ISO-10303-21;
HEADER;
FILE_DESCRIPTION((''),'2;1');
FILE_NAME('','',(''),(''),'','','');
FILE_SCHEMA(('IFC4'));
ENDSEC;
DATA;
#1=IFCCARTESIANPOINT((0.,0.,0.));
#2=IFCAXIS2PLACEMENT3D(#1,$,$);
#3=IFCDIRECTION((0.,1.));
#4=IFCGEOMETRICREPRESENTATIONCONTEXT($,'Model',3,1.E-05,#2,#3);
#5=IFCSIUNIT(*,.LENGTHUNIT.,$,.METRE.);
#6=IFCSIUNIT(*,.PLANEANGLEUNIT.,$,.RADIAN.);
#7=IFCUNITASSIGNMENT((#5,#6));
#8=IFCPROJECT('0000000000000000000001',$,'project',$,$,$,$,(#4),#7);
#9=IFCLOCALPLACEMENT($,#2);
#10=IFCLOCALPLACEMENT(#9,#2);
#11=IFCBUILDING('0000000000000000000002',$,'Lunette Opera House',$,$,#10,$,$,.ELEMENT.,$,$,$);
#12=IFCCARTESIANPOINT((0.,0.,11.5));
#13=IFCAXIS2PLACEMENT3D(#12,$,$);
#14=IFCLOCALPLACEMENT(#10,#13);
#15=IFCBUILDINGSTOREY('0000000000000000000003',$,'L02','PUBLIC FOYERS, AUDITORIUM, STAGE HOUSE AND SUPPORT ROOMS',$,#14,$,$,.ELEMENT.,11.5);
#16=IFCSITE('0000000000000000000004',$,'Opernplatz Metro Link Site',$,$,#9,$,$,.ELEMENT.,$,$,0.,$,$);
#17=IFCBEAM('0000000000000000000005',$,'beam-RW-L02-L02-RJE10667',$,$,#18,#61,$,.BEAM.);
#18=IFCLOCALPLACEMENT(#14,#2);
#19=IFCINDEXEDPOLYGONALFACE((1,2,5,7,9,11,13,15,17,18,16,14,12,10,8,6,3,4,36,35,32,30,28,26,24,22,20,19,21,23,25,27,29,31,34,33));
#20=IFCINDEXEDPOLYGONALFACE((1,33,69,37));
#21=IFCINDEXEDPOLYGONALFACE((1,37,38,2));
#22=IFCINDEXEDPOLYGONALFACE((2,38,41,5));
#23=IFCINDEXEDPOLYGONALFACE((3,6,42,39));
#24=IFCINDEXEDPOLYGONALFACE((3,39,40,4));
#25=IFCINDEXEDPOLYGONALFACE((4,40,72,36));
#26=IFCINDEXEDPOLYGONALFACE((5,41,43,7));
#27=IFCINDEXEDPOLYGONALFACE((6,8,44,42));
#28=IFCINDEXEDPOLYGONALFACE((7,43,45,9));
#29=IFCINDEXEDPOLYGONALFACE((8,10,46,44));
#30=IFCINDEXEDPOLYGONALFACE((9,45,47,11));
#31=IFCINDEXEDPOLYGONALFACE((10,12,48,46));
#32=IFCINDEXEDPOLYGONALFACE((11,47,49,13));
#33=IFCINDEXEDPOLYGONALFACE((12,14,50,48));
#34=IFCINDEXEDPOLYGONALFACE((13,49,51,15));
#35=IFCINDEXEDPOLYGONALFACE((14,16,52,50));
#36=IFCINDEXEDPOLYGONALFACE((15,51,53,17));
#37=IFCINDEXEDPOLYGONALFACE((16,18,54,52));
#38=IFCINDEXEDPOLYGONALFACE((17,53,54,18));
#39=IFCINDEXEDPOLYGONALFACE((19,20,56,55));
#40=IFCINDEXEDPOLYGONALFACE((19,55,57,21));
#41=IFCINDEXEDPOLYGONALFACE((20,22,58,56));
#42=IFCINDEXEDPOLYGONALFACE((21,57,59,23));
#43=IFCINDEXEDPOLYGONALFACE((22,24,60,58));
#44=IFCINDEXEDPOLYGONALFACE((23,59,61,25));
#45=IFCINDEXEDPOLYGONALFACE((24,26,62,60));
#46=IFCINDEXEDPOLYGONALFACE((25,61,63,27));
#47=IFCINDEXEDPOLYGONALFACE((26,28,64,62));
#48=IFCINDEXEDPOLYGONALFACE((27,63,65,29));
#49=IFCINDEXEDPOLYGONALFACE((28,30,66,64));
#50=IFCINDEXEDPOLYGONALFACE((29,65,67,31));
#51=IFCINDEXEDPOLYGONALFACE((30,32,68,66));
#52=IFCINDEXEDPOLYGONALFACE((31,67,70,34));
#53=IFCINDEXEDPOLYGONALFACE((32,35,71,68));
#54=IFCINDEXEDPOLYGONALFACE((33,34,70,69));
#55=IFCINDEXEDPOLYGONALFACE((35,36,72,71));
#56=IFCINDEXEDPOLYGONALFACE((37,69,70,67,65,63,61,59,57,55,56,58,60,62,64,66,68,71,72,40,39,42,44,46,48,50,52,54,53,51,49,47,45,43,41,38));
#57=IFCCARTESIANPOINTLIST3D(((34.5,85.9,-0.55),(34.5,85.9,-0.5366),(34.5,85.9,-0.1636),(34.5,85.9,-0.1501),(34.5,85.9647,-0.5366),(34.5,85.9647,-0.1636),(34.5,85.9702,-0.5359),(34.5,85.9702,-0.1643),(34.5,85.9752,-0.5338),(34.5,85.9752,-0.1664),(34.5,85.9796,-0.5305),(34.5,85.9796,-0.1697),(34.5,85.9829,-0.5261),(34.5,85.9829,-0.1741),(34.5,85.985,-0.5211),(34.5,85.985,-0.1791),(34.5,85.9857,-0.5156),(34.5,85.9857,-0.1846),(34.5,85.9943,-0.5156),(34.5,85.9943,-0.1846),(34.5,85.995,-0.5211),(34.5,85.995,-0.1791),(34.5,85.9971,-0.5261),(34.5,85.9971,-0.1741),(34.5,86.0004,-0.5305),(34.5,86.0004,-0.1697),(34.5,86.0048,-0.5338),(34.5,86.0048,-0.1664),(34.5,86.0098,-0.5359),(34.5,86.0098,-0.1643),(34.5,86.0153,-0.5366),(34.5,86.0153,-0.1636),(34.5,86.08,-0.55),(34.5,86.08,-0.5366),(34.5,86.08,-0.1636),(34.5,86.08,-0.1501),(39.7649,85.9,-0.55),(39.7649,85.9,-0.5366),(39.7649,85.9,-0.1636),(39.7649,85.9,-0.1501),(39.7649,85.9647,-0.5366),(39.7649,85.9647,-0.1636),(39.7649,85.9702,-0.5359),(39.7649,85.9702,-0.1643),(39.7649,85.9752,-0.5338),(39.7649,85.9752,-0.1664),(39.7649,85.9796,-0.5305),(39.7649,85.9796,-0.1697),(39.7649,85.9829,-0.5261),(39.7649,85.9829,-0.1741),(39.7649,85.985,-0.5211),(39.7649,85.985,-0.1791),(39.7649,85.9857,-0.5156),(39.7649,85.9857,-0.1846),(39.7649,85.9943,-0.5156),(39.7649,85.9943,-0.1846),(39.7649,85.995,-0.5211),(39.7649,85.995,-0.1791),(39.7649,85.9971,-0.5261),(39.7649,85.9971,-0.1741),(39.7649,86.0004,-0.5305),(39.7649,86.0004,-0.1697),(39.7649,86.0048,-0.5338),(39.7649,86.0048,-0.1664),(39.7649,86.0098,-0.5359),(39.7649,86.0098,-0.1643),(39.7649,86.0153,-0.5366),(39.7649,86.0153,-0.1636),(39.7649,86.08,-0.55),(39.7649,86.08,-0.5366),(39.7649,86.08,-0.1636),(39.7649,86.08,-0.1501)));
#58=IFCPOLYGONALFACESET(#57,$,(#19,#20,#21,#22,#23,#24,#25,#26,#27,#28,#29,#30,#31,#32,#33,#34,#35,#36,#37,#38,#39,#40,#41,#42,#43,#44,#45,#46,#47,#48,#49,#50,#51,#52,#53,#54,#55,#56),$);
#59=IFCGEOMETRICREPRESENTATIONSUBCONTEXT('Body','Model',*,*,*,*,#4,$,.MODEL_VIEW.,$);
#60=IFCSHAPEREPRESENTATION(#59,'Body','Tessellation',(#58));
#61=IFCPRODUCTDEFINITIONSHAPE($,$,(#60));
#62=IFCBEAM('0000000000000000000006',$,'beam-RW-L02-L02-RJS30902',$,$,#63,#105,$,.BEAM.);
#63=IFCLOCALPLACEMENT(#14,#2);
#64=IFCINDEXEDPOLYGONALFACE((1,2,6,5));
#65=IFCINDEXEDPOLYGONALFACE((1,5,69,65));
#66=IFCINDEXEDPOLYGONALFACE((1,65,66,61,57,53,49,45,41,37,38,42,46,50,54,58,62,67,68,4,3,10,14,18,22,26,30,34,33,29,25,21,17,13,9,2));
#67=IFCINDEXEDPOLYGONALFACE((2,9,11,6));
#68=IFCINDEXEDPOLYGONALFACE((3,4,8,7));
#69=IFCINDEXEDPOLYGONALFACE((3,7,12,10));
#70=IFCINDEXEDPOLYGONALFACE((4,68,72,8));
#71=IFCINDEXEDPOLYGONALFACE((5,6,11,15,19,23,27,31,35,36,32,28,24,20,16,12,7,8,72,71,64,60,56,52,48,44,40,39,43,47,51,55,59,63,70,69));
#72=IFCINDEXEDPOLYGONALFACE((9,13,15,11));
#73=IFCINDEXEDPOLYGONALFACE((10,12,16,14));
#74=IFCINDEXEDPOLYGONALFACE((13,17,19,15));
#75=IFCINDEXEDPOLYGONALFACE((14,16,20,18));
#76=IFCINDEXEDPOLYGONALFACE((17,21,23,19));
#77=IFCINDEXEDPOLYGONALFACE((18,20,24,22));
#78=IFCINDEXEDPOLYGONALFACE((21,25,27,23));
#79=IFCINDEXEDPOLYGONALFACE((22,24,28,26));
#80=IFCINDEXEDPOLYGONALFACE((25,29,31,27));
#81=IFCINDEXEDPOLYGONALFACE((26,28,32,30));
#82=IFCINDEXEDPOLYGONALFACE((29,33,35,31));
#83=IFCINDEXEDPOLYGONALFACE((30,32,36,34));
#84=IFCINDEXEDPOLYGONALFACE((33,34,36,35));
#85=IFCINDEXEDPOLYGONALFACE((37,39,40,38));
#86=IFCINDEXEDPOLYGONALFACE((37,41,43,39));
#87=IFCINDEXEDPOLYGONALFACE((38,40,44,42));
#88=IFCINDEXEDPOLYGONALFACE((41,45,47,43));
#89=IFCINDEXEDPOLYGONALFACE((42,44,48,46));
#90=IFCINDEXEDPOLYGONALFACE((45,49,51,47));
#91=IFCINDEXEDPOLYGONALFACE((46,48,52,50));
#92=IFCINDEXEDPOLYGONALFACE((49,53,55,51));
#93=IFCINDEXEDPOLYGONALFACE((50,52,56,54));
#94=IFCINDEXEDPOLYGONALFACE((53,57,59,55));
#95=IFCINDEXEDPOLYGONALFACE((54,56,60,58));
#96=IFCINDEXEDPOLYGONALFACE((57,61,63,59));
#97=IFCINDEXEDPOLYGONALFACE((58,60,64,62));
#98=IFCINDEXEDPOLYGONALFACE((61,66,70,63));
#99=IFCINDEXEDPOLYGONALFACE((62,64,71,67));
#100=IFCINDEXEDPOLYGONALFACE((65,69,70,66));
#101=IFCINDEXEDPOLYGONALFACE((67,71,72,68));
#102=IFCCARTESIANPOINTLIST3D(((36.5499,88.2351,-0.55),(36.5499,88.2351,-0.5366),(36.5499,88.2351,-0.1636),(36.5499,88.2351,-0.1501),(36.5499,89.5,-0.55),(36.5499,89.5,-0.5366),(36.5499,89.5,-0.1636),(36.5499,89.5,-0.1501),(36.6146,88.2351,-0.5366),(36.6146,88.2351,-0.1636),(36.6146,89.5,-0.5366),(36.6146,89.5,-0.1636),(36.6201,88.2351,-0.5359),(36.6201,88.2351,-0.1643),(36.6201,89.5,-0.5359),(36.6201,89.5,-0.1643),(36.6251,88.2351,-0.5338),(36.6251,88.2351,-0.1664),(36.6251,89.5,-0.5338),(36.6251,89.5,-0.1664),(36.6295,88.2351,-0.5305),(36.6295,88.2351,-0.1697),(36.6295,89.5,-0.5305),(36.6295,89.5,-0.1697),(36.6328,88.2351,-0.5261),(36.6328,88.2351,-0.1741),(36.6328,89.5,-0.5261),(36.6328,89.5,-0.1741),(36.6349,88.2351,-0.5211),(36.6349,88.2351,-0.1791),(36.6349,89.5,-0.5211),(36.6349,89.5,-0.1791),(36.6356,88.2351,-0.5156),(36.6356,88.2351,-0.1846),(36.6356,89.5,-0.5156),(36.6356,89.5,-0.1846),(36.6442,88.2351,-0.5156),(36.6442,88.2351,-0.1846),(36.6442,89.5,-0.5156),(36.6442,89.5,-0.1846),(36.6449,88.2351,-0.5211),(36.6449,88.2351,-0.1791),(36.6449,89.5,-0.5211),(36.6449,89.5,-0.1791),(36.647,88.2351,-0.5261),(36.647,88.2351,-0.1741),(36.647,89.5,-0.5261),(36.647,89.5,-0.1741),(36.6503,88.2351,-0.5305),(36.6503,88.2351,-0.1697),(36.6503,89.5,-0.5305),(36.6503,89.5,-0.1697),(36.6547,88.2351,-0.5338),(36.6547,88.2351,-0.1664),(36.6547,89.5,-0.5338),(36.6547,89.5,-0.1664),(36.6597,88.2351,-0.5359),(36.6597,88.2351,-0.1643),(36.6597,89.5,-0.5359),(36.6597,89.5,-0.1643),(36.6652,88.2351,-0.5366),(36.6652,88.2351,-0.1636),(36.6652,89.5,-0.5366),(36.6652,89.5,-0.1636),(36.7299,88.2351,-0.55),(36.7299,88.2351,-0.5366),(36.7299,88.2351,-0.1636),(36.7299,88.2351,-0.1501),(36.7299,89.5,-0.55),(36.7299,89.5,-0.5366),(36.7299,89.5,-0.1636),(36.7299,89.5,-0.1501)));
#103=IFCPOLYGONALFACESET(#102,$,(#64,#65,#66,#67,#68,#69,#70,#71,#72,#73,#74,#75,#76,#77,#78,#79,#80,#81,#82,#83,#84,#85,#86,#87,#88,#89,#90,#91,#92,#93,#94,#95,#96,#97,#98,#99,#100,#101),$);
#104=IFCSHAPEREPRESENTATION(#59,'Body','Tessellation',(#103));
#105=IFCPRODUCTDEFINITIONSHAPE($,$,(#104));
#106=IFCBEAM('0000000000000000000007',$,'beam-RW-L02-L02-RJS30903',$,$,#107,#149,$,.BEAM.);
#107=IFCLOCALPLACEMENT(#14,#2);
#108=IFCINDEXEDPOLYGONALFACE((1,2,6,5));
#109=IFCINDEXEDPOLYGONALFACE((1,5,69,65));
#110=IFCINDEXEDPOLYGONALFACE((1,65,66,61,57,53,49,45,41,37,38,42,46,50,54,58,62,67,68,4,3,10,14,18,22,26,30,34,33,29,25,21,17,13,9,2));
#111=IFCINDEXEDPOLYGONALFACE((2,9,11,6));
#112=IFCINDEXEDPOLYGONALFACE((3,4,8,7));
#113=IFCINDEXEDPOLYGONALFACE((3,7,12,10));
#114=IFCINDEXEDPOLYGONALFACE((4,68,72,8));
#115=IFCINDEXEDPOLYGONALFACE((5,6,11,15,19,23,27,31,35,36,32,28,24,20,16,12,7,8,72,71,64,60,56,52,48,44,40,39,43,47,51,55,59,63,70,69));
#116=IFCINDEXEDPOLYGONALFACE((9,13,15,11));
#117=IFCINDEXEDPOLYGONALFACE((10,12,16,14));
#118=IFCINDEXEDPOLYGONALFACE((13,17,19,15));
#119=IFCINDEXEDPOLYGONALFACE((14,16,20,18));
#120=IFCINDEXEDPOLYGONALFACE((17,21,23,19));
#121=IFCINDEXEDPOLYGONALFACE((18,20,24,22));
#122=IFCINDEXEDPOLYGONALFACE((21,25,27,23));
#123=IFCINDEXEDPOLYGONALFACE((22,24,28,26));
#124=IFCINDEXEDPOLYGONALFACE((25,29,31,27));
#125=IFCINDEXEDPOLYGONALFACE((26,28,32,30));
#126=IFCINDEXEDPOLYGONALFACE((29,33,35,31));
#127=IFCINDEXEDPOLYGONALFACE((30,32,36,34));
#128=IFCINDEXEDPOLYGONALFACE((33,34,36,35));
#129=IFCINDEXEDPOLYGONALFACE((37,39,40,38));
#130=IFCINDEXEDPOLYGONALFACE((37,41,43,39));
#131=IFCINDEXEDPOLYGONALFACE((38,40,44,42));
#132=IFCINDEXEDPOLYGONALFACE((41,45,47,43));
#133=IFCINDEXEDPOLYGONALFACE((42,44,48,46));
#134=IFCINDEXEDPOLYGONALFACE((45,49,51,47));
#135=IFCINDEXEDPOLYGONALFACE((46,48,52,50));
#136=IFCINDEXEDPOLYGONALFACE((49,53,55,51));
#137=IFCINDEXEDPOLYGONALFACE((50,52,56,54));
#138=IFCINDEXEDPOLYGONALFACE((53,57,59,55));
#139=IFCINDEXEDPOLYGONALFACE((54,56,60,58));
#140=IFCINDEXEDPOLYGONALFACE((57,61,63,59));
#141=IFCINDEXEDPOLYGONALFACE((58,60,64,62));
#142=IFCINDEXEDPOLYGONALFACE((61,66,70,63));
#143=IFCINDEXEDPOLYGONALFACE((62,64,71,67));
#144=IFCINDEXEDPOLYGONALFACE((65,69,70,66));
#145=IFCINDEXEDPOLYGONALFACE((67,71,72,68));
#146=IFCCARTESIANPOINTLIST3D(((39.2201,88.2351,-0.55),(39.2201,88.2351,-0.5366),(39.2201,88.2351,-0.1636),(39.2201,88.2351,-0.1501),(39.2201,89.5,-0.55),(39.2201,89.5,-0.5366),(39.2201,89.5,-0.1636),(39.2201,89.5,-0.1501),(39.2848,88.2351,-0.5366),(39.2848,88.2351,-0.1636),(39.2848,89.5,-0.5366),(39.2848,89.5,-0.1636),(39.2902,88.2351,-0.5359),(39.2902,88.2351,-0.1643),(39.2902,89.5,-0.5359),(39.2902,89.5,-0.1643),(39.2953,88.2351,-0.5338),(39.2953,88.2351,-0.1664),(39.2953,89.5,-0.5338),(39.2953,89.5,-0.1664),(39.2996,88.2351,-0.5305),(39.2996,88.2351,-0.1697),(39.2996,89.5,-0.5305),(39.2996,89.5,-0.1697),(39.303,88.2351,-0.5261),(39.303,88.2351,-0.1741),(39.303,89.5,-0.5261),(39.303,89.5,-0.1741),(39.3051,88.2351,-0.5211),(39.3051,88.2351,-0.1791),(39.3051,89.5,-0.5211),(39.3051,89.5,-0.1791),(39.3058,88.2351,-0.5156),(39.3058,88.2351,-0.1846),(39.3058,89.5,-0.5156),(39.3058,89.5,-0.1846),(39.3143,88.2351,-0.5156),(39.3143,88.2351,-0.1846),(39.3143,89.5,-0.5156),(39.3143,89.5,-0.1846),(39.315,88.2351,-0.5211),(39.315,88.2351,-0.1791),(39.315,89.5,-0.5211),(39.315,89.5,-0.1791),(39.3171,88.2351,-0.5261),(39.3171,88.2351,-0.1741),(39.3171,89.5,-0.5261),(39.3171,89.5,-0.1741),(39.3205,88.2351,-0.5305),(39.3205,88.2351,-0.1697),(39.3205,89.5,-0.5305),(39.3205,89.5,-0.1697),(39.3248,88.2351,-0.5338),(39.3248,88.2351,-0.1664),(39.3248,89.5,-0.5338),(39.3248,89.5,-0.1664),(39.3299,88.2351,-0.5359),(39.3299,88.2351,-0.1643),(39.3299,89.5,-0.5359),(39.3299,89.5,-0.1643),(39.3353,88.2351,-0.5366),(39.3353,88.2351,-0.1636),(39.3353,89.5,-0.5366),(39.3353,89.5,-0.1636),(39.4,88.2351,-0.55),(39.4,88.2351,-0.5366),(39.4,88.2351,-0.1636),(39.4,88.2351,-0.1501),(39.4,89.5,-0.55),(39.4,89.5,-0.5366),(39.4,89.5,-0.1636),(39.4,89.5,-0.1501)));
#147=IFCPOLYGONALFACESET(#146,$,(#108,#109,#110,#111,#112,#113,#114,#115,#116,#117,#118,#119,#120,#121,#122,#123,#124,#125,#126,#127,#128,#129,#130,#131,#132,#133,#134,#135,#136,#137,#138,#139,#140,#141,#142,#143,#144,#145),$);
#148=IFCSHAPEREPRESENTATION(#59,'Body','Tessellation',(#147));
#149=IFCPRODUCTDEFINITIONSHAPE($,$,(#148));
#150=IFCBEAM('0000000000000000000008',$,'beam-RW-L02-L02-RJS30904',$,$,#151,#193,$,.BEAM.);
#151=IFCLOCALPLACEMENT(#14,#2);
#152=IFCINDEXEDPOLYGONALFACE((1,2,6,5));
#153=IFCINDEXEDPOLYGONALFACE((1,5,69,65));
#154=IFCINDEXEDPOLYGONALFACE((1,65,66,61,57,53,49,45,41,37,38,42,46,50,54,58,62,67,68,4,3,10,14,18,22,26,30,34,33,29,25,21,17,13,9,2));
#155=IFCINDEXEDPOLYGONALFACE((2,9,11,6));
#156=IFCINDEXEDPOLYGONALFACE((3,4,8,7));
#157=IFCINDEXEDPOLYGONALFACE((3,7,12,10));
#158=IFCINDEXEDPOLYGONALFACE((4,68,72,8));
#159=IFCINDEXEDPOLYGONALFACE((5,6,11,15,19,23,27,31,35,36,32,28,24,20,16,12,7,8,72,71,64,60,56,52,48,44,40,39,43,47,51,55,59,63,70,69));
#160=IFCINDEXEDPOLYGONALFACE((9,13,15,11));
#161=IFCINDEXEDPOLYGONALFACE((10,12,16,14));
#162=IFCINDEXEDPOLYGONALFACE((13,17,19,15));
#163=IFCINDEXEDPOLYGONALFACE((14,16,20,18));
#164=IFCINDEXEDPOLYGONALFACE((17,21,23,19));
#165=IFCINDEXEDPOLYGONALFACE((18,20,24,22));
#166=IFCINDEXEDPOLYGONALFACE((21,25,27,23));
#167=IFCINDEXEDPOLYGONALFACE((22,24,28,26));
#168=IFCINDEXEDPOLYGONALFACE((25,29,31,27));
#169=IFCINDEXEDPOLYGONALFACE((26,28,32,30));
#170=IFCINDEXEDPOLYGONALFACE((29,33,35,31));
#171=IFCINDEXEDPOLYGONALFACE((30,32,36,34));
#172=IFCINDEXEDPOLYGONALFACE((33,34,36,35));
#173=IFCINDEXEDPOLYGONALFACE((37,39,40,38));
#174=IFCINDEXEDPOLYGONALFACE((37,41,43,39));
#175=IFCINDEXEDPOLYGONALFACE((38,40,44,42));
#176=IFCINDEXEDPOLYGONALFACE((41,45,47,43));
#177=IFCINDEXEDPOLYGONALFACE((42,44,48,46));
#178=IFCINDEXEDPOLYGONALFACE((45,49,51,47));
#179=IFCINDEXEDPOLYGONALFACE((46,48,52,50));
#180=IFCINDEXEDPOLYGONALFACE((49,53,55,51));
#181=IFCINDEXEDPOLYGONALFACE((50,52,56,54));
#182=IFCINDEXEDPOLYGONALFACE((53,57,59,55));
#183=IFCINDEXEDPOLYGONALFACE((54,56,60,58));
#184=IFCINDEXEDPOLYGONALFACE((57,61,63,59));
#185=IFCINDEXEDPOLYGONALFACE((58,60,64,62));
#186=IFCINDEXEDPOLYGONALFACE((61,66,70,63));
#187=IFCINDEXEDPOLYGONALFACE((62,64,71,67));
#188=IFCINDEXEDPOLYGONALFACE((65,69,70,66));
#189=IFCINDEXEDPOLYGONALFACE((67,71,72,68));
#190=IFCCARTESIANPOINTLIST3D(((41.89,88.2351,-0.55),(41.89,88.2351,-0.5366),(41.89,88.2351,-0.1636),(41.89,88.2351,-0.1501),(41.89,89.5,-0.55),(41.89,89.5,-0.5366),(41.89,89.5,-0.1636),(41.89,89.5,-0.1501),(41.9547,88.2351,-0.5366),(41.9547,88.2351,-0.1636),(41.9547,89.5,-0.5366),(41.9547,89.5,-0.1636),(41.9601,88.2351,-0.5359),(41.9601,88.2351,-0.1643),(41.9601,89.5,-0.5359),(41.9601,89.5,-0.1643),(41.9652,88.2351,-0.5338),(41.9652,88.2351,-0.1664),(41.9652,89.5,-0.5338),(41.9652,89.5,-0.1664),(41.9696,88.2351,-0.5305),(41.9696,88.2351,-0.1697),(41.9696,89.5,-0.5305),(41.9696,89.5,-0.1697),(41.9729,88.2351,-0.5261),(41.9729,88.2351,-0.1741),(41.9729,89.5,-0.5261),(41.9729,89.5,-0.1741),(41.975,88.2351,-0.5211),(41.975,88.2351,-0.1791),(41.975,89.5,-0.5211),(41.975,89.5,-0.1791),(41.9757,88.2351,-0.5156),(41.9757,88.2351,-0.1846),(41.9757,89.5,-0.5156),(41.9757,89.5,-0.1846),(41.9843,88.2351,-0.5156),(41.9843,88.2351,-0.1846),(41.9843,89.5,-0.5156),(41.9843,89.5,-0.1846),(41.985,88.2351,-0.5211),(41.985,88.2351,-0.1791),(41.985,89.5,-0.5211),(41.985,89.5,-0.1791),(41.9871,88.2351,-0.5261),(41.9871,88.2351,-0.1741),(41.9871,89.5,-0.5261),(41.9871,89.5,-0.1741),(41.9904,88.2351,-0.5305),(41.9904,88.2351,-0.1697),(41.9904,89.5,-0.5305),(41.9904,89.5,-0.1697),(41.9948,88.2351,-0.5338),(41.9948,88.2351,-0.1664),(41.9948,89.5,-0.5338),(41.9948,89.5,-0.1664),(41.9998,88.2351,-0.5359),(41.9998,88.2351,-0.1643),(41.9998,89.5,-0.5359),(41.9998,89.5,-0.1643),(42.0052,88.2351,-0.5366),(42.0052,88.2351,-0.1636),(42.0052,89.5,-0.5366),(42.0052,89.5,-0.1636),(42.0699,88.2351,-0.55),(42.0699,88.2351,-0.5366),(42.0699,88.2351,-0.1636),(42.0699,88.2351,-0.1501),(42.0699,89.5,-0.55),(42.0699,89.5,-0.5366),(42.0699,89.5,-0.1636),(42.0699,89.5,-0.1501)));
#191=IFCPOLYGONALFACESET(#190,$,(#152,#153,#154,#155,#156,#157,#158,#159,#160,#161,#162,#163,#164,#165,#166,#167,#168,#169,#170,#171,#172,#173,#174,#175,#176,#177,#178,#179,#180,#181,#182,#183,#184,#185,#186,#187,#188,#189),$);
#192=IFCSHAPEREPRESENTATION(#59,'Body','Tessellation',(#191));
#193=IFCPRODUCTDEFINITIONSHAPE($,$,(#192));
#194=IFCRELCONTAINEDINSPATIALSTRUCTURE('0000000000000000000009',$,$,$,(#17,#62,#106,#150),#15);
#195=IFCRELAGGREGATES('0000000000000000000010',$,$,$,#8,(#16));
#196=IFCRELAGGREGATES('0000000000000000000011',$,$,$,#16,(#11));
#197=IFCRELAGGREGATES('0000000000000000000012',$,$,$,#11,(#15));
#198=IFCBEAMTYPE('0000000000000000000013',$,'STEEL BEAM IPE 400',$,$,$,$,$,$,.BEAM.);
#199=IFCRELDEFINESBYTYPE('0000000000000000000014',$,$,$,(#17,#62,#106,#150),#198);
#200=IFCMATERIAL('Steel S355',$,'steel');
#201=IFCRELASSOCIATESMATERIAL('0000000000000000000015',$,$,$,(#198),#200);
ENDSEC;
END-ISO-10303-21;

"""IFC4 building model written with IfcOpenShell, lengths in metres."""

from ifc_helpers import new_model, si_unit, direction, frame, origin, origin_2d, place, context, subcontext, project, spatial, i_section, extrude, material, material_profile, profile_set, type_object, element, save


model = new_model("IFC4")

# Units and contexts
model_context = context("Model", 3, precision=1e-05, world=origin(), true_north=direction((0.0, 1.0)))
body_context = subcontext(model_context, "Body", "Model", "MODEL_VIEW")
ifc_project = project(units=[si_unit("LENGTHUNIT", "METRE"), si_unit("PLANEANGLEUNIT", "RADIAN")], contexts=[model_context])

# Site, building, storey
site_placement = place(None, origin())
site = spatial("IfcSite", under=ifc_project, at=site_placement, Name="Opernplatz Metro Link Site", CompositionType="ELEMENT", RefElevation=0.0)
building_placement = place(site_placement, origin())
building = spatial("IfcBuilding", under=site, at=building_placement, Name="Lunette Opera House", CompositionType="ELEMENT")
storey_placement = place(building_placement, frame((0.0, 0.0, 11.5)))
storey = spatial("IfcBuildingStorey", under=building, at=storey_placement, Name="L02", Description="PUBLIC FOYERS, AUDITORIUM, STAGE HOUSE AND SUPPORT ROOMS", CompositionType="ELEMENT", Elevation=11.5)

# Beams
ifc_material_1 = material(Name="Steel S355", Category="steel")
ifc_material_profile_1 = material_profile(ifc_material_1, i_section(OverallWidth=0.1799, OverallDepth=0.3999, WebThickness=0.0085, FlangeThickness=0.0134, FilletRadius=0.021, at=origin_2d()), Name="IPE 400")
ifc_profile_set_1 = profile_set([ifc_material_profile_1], Name="Steel S355")
beam_type_1 = type_object("IfcBeamType", Name="STEEL BEAM IPE 400", PredefinedType="BEAM", material=ifc_profile_set_1)
beam_1_placement = place(storey_placement, frame((34.5, 85.99, -0.3501), z_axis=(1.0, 0.0, 0.0), x_axis=(0.0, 1.0, 0.0)))
element("IfcBeam", 1, at=beam_1_placement, inside=storey, type_object=beam_type_1, Name="beam-RW-L02-L02-RJE10667", PredefinedType="BEAM", context=body_context, shape_type="SweptSolid", body=[
    extrude(i_section(OverallWidth=0.1799, OverallDepth=0.3999, WebThickness=0.0085, FlangeThickness=0.0134, FilletRadius=0.021, at=origin_2d()), origin(), (0.0, 0.0, 1.0), 5.2649),
])
for number, where, z_axis, x_axis, name in (
    (2, (36.6399, 89.5, -0.3501), (0.0, -1.0, 0.0), (1.0, 0.0, 0.0), "beam-RW-L02-L02-RJS30902"),
    (3, (39.3101, 89.5, -0.3501), (0.0, -1.0, 0.0), (1.0, 0.0, 0.0), "beam-RW-L02-L02-RJS30903"),
    (4, (41.98, 89.5, -0.3501), (0.0, -1.0, 0.0), (1.0, 0.0, 0.0), "beam-RW-L02-L02-RJS30904"),
):
    element("IfcBeam", number, at=place(storey_placement, frame(where, z_axis=z_axis, x_axis=x_axis)), inside=storey, type_object=beam_type_1, Name=name, PredefinedType="BEAM", context=body_context, shape_type="SweptSolid", body=[
        extrude(i_section(OverallWidth=0.1799, OverallDepth=0.3999, WebThickness=0.0085, FlangeThickness=0.0134, FilletRadius=0.021, at=origin_2d()), origin(), (0.0, 0.0, 1.0), 1.2649),
    ])

save(model, "model.ifc")
